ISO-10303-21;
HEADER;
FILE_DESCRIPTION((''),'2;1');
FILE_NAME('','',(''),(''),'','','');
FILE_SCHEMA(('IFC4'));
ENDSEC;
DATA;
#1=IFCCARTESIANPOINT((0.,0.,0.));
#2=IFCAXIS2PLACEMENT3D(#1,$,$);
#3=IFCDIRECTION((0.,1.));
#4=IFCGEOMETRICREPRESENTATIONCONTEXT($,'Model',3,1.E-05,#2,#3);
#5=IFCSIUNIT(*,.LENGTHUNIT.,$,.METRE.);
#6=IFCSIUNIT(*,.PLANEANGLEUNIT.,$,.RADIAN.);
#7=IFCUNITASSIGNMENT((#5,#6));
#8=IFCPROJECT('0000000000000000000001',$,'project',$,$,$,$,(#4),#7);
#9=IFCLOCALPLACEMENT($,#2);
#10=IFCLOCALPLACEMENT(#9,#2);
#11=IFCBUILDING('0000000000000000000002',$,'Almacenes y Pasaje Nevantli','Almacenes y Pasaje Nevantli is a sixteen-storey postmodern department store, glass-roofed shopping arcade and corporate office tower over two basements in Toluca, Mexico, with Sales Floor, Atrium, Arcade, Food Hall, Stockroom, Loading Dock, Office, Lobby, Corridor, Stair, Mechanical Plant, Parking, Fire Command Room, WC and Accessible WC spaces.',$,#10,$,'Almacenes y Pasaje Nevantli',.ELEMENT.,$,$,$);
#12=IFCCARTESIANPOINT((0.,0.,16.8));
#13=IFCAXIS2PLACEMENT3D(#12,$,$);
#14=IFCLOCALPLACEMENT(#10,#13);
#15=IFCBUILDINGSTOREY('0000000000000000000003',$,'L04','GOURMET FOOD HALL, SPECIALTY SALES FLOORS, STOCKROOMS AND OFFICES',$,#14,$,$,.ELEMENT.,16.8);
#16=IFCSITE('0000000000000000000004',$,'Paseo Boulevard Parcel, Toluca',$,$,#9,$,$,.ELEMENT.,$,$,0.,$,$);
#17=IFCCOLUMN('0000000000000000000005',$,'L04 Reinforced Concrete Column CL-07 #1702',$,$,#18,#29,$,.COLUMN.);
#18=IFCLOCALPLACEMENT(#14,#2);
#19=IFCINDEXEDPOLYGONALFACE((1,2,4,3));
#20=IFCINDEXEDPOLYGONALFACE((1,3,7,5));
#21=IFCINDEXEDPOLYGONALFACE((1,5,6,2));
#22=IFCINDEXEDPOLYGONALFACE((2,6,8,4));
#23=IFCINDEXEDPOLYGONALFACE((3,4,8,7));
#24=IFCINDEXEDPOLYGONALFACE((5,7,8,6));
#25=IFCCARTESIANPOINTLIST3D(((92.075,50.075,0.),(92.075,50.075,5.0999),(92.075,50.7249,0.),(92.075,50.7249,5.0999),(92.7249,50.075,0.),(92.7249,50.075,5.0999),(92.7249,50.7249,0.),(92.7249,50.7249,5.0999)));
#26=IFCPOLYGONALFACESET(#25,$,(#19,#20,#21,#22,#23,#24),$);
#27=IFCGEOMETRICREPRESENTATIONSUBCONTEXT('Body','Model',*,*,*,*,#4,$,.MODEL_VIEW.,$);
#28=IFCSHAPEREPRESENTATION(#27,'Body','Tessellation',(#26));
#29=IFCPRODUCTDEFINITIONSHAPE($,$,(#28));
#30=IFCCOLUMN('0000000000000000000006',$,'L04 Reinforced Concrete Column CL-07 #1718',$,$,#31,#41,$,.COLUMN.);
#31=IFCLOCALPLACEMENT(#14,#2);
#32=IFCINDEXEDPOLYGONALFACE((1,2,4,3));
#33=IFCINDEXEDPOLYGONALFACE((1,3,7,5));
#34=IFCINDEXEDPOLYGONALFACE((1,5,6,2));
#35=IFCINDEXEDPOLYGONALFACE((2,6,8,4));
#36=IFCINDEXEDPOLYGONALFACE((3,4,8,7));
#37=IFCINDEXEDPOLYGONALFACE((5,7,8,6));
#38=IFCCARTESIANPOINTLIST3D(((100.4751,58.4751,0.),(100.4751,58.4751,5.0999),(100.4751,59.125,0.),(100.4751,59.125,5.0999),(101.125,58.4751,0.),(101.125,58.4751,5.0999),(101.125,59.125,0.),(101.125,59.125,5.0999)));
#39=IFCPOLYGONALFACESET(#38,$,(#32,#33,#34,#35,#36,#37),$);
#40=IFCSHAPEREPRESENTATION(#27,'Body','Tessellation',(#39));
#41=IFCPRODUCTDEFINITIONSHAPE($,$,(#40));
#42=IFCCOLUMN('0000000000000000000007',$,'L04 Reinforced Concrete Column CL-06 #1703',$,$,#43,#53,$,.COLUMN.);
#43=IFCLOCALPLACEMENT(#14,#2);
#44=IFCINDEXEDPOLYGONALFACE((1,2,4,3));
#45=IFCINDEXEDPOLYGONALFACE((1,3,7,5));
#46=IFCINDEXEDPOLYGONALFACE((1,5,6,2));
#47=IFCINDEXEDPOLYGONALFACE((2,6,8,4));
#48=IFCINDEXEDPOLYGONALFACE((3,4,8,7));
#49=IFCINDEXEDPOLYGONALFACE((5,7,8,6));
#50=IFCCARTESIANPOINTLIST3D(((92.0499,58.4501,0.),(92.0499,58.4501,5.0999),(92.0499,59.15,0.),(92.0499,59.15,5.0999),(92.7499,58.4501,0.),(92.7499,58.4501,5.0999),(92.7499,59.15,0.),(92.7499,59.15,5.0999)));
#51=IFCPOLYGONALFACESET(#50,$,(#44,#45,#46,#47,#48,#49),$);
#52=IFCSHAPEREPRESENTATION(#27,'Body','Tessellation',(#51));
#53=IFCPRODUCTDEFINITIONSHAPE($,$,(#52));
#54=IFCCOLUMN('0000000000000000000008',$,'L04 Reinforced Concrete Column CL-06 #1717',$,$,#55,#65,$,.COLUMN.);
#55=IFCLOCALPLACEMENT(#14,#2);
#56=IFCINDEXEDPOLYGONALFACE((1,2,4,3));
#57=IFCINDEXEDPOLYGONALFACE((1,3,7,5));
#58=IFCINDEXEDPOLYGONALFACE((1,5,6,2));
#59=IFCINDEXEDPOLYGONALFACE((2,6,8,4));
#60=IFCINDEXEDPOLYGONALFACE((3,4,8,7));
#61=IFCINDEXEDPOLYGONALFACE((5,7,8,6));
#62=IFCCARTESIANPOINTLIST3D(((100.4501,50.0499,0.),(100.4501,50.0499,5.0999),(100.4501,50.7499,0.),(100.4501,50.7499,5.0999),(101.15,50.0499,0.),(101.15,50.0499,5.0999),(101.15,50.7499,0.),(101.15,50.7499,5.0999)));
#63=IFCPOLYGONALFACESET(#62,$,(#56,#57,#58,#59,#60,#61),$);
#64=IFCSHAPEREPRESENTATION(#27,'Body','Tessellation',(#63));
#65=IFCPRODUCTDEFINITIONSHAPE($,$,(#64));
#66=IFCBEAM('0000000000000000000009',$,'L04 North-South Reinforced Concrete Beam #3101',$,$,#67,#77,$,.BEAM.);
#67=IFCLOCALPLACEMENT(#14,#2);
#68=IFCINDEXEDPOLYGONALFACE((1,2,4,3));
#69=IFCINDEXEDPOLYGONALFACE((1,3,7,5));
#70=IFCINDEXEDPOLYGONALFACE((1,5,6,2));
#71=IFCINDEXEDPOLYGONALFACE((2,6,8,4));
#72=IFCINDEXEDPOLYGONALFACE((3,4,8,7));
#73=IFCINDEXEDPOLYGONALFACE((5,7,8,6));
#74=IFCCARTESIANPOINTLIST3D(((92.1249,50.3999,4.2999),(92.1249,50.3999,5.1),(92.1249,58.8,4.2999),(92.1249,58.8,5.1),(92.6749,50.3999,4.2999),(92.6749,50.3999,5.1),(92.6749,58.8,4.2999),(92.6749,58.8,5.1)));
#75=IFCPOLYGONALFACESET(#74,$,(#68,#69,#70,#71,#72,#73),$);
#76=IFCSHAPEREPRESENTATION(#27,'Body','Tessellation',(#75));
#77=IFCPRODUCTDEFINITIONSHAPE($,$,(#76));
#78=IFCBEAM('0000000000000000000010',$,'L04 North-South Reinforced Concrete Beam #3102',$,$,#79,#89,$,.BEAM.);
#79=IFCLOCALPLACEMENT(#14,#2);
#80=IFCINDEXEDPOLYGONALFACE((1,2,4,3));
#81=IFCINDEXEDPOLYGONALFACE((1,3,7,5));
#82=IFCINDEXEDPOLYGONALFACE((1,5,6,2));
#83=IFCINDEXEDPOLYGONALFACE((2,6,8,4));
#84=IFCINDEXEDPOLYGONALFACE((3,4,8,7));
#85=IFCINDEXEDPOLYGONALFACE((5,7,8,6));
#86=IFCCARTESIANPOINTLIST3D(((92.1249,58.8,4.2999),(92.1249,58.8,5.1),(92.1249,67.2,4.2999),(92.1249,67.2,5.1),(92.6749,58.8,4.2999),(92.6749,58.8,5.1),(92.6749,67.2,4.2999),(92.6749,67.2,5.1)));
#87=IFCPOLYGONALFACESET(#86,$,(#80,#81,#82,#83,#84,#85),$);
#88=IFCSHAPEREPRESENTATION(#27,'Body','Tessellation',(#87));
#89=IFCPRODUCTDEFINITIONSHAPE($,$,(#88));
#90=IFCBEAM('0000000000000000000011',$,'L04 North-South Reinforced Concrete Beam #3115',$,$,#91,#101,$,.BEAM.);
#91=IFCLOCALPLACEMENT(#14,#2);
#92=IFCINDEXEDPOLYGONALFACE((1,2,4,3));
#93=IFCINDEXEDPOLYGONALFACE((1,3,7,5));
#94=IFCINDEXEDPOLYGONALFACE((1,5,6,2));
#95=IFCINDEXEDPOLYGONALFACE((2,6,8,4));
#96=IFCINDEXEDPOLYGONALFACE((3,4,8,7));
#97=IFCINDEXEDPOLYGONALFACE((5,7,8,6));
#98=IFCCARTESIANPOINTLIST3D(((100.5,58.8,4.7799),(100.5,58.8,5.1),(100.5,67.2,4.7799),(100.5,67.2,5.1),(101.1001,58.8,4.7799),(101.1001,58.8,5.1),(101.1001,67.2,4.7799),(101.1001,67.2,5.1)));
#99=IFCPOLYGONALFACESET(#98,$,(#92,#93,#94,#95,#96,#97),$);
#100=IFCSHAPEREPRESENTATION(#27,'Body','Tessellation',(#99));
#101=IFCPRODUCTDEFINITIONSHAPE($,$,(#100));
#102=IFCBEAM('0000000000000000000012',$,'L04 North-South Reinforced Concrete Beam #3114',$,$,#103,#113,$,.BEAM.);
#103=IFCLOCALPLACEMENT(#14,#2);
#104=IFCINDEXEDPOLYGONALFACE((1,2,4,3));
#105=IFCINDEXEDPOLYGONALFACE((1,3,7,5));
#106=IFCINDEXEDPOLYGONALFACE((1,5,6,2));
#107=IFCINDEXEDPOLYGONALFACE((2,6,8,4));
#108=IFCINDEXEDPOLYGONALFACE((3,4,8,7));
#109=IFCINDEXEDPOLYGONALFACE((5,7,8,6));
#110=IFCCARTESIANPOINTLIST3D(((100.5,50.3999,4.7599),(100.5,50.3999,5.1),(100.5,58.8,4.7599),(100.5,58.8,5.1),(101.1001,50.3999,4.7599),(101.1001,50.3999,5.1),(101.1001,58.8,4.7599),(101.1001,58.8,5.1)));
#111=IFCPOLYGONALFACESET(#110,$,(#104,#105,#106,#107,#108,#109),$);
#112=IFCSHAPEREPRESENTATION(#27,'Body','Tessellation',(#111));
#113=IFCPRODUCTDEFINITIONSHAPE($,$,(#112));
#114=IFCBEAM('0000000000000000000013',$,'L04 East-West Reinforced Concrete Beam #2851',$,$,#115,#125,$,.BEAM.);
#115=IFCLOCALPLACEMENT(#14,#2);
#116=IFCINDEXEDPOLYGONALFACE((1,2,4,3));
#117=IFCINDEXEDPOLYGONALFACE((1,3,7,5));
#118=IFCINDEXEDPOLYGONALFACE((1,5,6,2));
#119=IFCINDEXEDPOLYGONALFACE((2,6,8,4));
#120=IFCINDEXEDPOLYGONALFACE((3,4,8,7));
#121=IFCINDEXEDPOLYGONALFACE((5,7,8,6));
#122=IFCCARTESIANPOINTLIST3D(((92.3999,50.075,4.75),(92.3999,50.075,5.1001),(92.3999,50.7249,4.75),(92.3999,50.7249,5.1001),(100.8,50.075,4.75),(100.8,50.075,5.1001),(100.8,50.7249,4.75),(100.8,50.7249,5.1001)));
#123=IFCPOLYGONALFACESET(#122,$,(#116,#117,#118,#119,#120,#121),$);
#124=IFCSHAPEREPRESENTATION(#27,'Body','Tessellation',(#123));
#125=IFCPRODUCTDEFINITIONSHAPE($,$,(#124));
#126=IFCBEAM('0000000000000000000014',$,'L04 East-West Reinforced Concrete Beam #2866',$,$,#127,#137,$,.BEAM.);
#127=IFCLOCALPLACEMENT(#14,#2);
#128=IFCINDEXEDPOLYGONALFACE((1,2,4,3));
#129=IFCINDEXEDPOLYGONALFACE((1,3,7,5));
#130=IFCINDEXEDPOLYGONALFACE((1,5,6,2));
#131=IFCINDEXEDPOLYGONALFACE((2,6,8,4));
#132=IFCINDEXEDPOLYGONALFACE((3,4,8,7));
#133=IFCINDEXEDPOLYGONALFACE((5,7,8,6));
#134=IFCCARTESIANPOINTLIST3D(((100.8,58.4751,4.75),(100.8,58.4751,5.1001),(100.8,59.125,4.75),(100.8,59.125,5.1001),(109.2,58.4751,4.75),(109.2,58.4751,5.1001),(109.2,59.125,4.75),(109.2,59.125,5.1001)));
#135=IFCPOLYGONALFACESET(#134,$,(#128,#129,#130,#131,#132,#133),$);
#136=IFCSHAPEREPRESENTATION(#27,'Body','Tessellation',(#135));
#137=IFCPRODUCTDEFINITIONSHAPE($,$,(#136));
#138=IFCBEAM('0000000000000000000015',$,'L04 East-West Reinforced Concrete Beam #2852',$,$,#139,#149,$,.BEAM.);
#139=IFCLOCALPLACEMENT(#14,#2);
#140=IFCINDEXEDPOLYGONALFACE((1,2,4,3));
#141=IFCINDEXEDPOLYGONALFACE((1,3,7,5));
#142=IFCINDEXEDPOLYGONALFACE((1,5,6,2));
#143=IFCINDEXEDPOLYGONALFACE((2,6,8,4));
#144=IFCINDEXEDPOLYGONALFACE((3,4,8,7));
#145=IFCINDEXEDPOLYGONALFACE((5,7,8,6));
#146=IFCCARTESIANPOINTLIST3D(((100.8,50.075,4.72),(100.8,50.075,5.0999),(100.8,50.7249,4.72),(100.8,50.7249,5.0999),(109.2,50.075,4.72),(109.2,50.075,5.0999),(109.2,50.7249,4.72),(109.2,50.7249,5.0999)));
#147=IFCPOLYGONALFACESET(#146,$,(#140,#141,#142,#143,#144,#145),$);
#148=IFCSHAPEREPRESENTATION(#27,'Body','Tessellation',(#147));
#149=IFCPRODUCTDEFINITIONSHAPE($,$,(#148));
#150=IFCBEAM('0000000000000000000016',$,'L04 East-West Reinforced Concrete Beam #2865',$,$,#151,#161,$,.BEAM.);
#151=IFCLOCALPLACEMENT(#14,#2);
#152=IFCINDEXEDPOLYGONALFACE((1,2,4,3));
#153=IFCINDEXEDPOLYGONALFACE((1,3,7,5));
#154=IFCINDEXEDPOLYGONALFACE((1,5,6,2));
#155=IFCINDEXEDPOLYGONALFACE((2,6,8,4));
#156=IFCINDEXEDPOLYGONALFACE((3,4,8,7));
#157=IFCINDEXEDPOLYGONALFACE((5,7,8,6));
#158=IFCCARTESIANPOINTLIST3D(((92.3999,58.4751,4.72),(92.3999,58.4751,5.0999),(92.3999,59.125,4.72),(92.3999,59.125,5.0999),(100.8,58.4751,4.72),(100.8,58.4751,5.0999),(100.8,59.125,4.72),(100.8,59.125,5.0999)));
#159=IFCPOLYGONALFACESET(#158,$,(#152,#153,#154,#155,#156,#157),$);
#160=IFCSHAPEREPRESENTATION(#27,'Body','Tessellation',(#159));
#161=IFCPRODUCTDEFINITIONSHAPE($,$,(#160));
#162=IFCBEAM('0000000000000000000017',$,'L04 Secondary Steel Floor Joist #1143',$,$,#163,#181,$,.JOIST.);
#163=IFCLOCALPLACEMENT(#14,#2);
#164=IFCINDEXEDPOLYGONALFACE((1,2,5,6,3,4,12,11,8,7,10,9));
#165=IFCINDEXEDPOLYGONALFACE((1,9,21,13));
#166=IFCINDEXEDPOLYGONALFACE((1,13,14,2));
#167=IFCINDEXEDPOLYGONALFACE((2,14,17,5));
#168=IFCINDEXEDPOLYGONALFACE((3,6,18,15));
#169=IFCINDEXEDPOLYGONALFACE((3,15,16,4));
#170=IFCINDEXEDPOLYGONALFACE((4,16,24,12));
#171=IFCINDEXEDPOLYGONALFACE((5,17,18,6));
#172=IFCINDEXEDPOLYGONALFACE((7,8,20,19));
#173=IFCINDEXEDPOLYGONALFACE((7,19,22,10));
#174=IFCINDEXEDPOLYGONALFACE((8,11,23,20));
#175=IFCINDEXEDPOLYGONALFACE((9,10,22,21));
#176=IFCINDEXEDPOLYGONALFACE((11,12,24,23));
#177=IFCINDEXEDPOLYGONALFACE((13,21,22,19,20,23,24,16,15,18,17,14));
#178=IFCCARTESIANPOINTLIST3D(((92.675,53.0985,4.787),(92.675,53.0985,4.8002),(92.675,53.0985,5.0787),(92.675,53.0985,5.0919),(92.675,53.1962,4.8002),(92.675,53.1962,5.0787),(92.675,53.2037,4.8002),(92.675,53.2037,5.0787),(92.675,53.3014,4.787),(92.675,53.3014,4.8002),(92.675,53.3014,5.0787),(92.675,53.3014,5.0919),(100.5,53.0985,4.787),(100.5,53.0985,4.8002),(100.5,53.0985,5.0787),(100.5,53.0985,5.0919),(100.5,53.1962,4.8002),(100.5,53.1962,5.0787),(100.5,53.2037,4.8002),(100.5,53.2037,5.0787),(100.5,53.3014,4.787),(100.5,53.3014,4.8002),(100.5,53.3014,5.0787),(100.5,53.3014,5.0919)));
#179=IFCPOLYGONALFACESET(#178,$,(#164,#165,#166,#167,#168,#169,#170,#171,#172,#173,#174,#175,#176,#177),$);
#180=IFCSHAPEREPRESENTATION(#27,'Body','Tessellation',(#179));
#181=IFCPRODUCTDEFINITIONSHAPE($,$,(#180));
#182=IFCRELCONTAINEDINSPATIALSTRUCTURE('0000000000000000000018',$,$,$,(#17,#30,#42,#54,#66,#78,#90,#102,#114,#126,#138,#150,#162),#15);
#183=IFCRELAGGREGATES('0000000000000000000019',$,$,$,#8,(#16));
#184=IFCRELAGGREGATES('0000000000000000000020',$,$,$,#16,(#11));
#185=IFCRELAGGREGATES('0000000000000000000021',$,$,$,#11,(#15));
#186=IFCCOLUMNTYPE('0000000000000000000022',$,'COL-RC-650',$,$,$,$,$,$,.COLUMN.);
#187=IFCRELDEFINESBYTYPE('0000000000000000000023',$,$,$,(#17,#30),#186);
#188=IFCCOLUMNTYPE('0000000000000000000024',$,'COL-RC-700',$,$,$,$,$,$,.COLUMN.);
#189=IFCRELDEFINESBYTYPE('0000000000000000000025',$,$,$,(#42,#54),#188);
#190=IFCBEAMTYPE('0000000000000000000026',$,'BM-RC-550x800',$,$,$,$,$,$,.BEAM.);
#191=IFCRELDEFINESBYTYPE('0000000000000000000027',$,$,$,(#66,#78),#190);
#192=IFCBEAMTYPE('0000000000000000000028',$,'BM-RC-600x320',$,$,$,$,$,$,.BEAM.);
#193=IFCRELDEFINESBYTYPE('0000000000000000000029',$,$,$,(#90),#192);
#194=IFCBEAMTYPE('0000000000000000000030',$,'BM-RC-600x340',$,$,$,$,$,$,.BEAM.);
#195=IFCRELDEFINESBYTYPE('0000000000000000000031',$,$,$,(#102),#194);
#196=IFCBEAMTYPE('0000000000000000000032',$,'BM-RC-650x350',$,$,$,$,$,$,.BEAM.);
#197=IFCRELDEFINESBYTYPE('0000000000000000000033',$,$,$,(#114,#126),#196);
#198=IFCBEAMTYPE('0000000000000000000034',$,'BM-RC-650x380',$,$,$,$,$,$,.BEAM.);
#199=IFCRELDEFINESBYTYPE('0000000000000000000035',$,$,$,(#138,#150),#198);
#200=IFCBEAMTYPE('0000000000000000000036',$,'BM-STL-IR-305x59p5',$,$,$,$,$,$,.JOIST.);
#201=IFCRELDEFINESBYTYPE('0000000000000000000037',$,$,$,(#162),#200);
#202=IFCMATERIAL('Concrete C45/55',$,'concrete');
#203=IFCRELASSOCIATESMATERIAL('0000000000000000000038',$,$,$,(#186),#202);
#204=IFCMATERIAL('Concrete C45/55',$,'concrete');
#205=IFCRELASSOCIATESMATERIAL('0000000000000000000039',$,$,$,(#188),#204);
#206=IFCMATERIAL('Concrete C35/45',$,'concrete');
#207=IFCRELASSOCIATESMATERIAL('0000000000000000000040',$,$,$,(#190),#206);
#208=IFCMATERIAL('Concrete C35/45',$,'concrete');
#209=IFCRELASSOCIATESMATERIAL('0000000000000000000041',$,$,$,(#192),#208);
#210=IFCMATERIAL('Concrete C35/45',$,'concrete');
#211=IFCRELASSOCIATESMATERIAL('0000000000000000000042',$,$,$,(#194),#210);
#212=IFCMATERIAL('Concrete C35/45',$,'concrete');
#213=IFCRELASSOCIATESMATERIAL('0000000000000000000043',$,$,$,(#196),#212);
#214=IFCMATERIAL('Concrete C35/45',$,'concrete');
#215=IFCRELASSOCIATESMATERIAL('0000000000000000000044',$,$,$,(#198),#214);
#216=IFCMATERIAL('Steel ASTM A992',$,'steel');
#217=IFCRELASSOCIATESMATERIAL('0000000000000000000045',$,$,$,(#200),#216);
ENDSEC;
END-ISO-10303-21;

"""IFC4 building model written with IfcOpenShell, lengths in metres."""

from ifc_helpers import new_model, si_unit, direction, frame, origin, origin_2d, place, context, subcontext, project, spatial, rectangle, i_section, extrude, material, material_profile, profile_set, type_object, element, save


model = new_model("IFC4")

# Units and contexts
model_context = context("Model", 3, precision=1e-05, world=origin(), true_north=direction((0.0, 1.0)))
body_context = subcontext(model_context, "Body", "Model", "MODEL_VIEW")
ifc_project = project(units=[si_unit("LENGTHUNIT", "METRE"), si_unit("PLANEANGLEUNIT", "RADIAN")], contexts=[model_context])

# Site, building, storey
site_placement = place(None, origin())
site = spatial("IfcSite", under=ifc_project, at=site_placement, Name="Paseo Boulevard Parcel, Toluca", CompositionType="ELEMENT", RefElevation=0.0)
building_placement = place(site_placement, origin())
building = spatial("IfcBuilding", under=site, at=building_placement, Name="Almacenes y Pasaje Nevantli", Description="Almacenes y Pasaje Nevantli is a sixteen-storey postmodern department store, glass-roofed shopping arcade and corporate office tower over two basements in Toluca, Mexico, with Sales Floor, Atrium, Arcade, Food Hall, Stockroom, Loading Dock, Office, Lobby, Corridor, Stair, Mechanical Plant, Parking, Fire Command Room, WC and Accessible WC spaces.", LongName="Almacenes y Pasaje Nevantli", CompositionType="ELEMENT")
storey_placement = place(building_placement, frame((0.0, 0.0, 16.8)))
storey = spatial("IfcBuildingStorey", under=building, at=storey_placement, Name="L04", Description="GOURMET FOOD HALL, SPECIALTY SALES FLOORS, STOCKROOMS AND OFFICES", CompositionType="ELEMENT", Elevation=16.8)

# Columns
ifc_material_1 = material(Name="Concrete C45/55", Category="concrete")
ifc_material_profile_1 = material_profile(ifc_material_1, rectangle(XDim=0.6499, YDim=0.6499, at=origin_2d()), Name="RC-COL-650x650")
ifc_profile_set_1 = profile_set([ifc_material_profile_1], Name="Concrete C45/55")
column_type_1 = type_object("IfcColumnType", Name="COL-RC-650", PredefinedType="COLUMN", material=ifc_profile_set_1)
for number, where, z_axis, x_axis, name in (
    (1, (92.3999, 50.3999, 0.0), (0.0, 0.0, 1.0), (1.0, 0.0, 0.0), "L04 Reinforced Concrete Column CL-07 #1702"),
    (2, (100.8, 58.8, 0.0), (0.0, 0.0, 1.0), (1.0, 0.0, 0.0), "L04 Reinforced Concrete Column CL-07 #1718"),
):
    element("IfcColumn", number, at=place(storey_placement, frame(where, z_axis=z_axis, x_axis=x_axis)), inside=storey, type_object=column_type_1, Name=name, PredefinedType="COLUMN", context=body_context, shape_type="SweptSolid", body=[
        extrude(rectangle(XDim=0.6499, YDim=0.6499, at=origin_2d()), origin(), (0.0, 0.0, 1.0), 5.0999),
    ])
ifc_material_2 = material(Name="Concrete C45/55", Category="concrete")
ifc_material_profile_2 = material_profile(ifc_material_2, rectangle(XDim=0.7, YDim=0.7, at=origin_2d()), Name="RC-COL-700x700")
ifc_profile_set_2 = profile_set([ifc_material_profile_2], Name="Concrete C45/55")
column_type_2 = type_object("IfcColumnType", Name="COL-RC-700", PredefinedType="COLUMN", material=ifc_profile_set_2)
for number, where, z_axis, x_axis, name in (
    (3, (92.3999, 58.8, 0.0), (0.0, 0.0, 1.0), (1.0, 0.0, 0.0), "L04 Reinforced Concrete Column CL-06 #1703"),
    (4, (100.8, 50.3999, 0.0), (0.0, 0.0, 1.0), (1.0, 0.0, 0.0), "L04 Reinforced Concrete Column CL-06 #1717"),
):
    element("IfcColumn", number, at=place(storey_placement, frame(where, z_axis=z_axis, x_axis=x_axis)), inside=storey, type_object=column_type_2, Name=name, PredefinedType="COLUMN", context=body_context, shape_type="SweptSolid", body=[
        extrude(rectangle(XDim=0.7, YDim=0.7, at=origin_2d()), origin(), (0.0, 0.0, 1.0), 5.0999),
    ])

# Beams
ifc_material_3 = material(Name="Concrete C35/45", Category="concrete")
ifc_material_profile_3 = material_profile(ifc_material_3, rectangle(XDim=0.55, YDim=0.8, at=origin_2d()), Name="RC-BM-550x800")
ifc_profile_set_3 = profile_set([ifc_material_profile_3], Name="Concrete C35/45")
beam_type_1 = type_object("IfcBeamType", Name="BM-RC-550x800", PredefinedType="BEAM", material=ifc_profile_set_3)
beam_1_placement = place(storey_placement, frame((92.3999, 50.3999, 4.7), z_axis=(0.0, 1.0, 0.0), x_axis=(-1.0, 0.0, 0.0)))
element("IfcBeam", 5, at=beam_1_placement, inside=storey, type_object=beam_type_1, Name="L04 North-South Reinforced Concrete Beam #3101", PredefinedType="BEAM", context=body_context, shape_type="SweptSolid", body=[
    extrude(rectangle(XDim=0.55, YDim=0.8, at=origin_2d()), origin(), (0.0, 0.0, 1.0), 8.4001),
])
beam_2_placement = place(storey_placement, frame((92.3999, 58.8, 4.7), z_axis=(0.0, 1.0, 0.0), x_axis=(-1.0, 0.0, 0.0)))
element("IfcBeam", 6, at=beam_2_placement, inside=storey, type_object=beam_type_1, Name="L04 North-South Reinforced Concrete Beam #3102", PredefinedType="BEAM", context=body_context, shape_type="SweptSolid", body=[
    extrude(rectangle(XDim=0.55, YDim=0.8, at=origin_2d()), origin(), (0.0, 0.0, 1.0), 8.3999),
])
ifc_material_4 = material(Name="Concrete C35/45", Category="concrete")
ifc_material_profile_4 = material_profile(ifc_material_4, rectangle(XDim=0.6001, YDim=0.3201, at=origin_2d()), Name="RC-BM-600x320")
ifc_profile_set_4 = profile_set([ifc_material_profile_4], Name="Concrete C35/45")
beam_type_2 = type_object("IfcBeamType", Name="BM-RC-600x320", PredefinedType="BEAM", material=ifc_profile_set_4)
beam_3_placement = place(storey_placement, frame((100.8, 58.8, 4.9399), z_axis=(0.0, 1.0, 0.0), x_axis=(-1.0, 0.0, 0.0)))
element("IfcBeam", 7, at=beam_3_placement, inside=storey, type_object=beam_type_2, Name="L04 North-South Reinforced Concrete Beam #3115", PredefinedType="BEAM", context=body_context, shape_type="SweptSolid", body=[
    extrude(rectangle(XDim=0.6001, YDim=0.3201, at=origin_2d()), origin(), (0.0, 0.0, 1.0), 8.3999),
])
ifc_material_5 = material(Name="Concrete C35/45", Category="concrete")
ifc_material_profile_5 = material_profile(ifc_material_5, rectangle(XDim=0.6001, YDim=0.3401, at=origin_2d()), Name="RC-BM-600x340")
ifc_profile_set_5 = profile_set([ifc_material_profile_5], Name="Concrete C35/45")
beam_type_3 = type_object("IfcBeamType", Name="BM-RC-600x340", PredefinedType="BEAM", material=ifc_profile_set_5)
beam_4_placement = place(storey_placement, frame((100.8, 50.3999, 4.9299), z_axis=(0.0, 1.0, 0.0), x_axis=(-1.0, 0.0, 0.0)))
element("IfcBeam", 8, at=beam_4_placement, inside=storey, type_object=beam_type_3, Name="L04 North-South Reinforced Concrete Beam #3114", PredefinedType="BEAM", context=body_context, shape_type="SweptSolid", body=[
    extrude(rectangle(XDim=0.6001, YDim=0.3401, at=origin_2d()), origin(), (0.0, 0.0, 1.0), 8.4001),
])
ifc_material_6 = material(Name="Concrete C35/45", Category="concrete")
ifc_material_profile_6 = material_profile(ifc_material_6, rectangle(XDim=0.6499, YDim=0.3501, at=origin_2d()), Name="RC-BM-650x350")
ifc_profile_set_6 = profile_set([ifc_material_profile_6], Name="Concrete C35/45")
beam_type_4 = type_object("IfcBeamType", Name="BM-RC-650x350", PredefinedType="BEAM", material=ifc_profile_set_6)
beam_5_placement = place(storey_placement, frame((92.3999, 50.3999, 4.925), z_axis=(1.0, 0.0, 0.0), x_axis=(0.0, 1.0, 0.0)))
element("IfcBeam", 9, at=beam_5_placement, inside=storey, type_object=beam_type_4, Name="L04 East-West Reinforced Concrete Beam #2851", PredefinedType="BEAM", context=body_context, shape_type="SweptSolid", body=[
    extrude(rectangle(XDim=0.6499, YDim=0.3501, at=origin_2d()), origin(), (0.0, 0.0, 1.0), 8.4001),
])
beam_6_placement = place(storey_placement, frame((100.8, 58.8, 4.925), z_axis=(1.0, 0.0, 0.0), x_axis=(0.0, 1.0, 0.0)))
element("IfcBeam", 10, at=beam_6_placement, inside=storey, type_object=beam_type_4, Name="L04 East-West Reinforced Concrete Beam #2866", PredefinedType="BEAM", context=body_context, shape_type="SweptSolid", body=[
    extrude(rectangle(XDim=0.6499, YDim=0.3501, at=origin_2d()), origin(), (0.0, 0.0, 1.0), 8.3999),
])
ifc_material_7 = material(Name="Concrete C35/45", Category="concrete")
ifc_material_profile_7 = material_profile(ifc_material_7, rectangle(XDim=0.6499, YDim=0.3799, at=origin_2d()), Name="RC-BM-650x380")
ifc_profile_set_7 = profile_set([ifc_material_profile_7], Name="Concrete C35/45")
beam_type_5 = type_object("IfcBeamType", Name="BM-RC-650x380", PredefinedType="BEAM", material=ifc_profile_set_7)
beam_7_placement = place(storey_placement, frame((100.8, 50.3999, 4.9099), z_axis=(1.0, 0.0, 0.0), x_axis=(0.0, 1.0, 0.0)))
element("IfcBeam", 11, at=beam_7_placement, inside=storey, type_object=beam_type_5, Name="L04 East-West Reinforced Concrete Beam #2852", PredefinedType="BEAM", context=body_context, shape_type="SweptSolid", body=[
    extrude(rectangle(XDim=0.6499, YDim=0.3799, at=origin_2d()), origin(), (0.0, 0.0, 1.0), 8.3999),
])
beam_8_placement = place(storey_placement, frame((92.3999, 58.8, 4.9099), z_axis=(1.0, 0.0, 0.0), x_axis=(0.0, 1.0, 0.0)))
element("IfcBeam", 12, at=beam_8_placement, inside=storey, type_object=beam_type_5, Name="L04 East-West Reinforced Concrete Beam #2865", PredefinedType="BEAM", context=body_context, shape_type="SweptSolid", body=[
    extrude(rectangle(XDim=0.6499, YDim=0.3799, at=origin_2d()), origin(), (0.0, 0.0, 1.0), 8.4001),
])
ifc_material_8 = material(Name="Steel ASTM A992", Category="steel")
ifc_material_profile_8 = material_profile(ifc_material_8, i_section(OverallWidth=0.2029, OverallDepth=0.3049, WebThickness=0.0076, FlangeThickness=0.0132, at=origin_2d()), Name="IR 305x59.5")
ifc_profile_set_8 = profile_set([ifc_material_profile_8], Name="Steel ASTM A992")
beam_type_6 = type_object("IfcBeamType", Name="BM-STL-IR-305x59p5", PredefinedType="JOIST", material=ifc_profile_set_8)
for number, where, z_axis, x_axis, name in (
    (13, (92.675, 53.2, 4.9395), (1.0, 0.0, 0.0), (0.0, 1.0, 0.0), "L04 Secondary Steel Floor Joist #1143"),
):
    element("IfcBeam", number, at=place(storey_placement, frame(where, z_axis=z_axis, x_axis=x_axis)), inside=storey, type_object=beam_type_6, Name=name, PredefinedType="JOIST", context=body_context, shape_type="SweptSolid", body=[
        extrude(i_section(OverallWidth=0.2029, OverallDepth=0.3049, WebThickness=0.0076, FlangeThickness=0.0132, at=origin_2d()), origin(), (0.0, 0.0, 1.0), 7.825),
    ])

save(model, "model.ifc")
